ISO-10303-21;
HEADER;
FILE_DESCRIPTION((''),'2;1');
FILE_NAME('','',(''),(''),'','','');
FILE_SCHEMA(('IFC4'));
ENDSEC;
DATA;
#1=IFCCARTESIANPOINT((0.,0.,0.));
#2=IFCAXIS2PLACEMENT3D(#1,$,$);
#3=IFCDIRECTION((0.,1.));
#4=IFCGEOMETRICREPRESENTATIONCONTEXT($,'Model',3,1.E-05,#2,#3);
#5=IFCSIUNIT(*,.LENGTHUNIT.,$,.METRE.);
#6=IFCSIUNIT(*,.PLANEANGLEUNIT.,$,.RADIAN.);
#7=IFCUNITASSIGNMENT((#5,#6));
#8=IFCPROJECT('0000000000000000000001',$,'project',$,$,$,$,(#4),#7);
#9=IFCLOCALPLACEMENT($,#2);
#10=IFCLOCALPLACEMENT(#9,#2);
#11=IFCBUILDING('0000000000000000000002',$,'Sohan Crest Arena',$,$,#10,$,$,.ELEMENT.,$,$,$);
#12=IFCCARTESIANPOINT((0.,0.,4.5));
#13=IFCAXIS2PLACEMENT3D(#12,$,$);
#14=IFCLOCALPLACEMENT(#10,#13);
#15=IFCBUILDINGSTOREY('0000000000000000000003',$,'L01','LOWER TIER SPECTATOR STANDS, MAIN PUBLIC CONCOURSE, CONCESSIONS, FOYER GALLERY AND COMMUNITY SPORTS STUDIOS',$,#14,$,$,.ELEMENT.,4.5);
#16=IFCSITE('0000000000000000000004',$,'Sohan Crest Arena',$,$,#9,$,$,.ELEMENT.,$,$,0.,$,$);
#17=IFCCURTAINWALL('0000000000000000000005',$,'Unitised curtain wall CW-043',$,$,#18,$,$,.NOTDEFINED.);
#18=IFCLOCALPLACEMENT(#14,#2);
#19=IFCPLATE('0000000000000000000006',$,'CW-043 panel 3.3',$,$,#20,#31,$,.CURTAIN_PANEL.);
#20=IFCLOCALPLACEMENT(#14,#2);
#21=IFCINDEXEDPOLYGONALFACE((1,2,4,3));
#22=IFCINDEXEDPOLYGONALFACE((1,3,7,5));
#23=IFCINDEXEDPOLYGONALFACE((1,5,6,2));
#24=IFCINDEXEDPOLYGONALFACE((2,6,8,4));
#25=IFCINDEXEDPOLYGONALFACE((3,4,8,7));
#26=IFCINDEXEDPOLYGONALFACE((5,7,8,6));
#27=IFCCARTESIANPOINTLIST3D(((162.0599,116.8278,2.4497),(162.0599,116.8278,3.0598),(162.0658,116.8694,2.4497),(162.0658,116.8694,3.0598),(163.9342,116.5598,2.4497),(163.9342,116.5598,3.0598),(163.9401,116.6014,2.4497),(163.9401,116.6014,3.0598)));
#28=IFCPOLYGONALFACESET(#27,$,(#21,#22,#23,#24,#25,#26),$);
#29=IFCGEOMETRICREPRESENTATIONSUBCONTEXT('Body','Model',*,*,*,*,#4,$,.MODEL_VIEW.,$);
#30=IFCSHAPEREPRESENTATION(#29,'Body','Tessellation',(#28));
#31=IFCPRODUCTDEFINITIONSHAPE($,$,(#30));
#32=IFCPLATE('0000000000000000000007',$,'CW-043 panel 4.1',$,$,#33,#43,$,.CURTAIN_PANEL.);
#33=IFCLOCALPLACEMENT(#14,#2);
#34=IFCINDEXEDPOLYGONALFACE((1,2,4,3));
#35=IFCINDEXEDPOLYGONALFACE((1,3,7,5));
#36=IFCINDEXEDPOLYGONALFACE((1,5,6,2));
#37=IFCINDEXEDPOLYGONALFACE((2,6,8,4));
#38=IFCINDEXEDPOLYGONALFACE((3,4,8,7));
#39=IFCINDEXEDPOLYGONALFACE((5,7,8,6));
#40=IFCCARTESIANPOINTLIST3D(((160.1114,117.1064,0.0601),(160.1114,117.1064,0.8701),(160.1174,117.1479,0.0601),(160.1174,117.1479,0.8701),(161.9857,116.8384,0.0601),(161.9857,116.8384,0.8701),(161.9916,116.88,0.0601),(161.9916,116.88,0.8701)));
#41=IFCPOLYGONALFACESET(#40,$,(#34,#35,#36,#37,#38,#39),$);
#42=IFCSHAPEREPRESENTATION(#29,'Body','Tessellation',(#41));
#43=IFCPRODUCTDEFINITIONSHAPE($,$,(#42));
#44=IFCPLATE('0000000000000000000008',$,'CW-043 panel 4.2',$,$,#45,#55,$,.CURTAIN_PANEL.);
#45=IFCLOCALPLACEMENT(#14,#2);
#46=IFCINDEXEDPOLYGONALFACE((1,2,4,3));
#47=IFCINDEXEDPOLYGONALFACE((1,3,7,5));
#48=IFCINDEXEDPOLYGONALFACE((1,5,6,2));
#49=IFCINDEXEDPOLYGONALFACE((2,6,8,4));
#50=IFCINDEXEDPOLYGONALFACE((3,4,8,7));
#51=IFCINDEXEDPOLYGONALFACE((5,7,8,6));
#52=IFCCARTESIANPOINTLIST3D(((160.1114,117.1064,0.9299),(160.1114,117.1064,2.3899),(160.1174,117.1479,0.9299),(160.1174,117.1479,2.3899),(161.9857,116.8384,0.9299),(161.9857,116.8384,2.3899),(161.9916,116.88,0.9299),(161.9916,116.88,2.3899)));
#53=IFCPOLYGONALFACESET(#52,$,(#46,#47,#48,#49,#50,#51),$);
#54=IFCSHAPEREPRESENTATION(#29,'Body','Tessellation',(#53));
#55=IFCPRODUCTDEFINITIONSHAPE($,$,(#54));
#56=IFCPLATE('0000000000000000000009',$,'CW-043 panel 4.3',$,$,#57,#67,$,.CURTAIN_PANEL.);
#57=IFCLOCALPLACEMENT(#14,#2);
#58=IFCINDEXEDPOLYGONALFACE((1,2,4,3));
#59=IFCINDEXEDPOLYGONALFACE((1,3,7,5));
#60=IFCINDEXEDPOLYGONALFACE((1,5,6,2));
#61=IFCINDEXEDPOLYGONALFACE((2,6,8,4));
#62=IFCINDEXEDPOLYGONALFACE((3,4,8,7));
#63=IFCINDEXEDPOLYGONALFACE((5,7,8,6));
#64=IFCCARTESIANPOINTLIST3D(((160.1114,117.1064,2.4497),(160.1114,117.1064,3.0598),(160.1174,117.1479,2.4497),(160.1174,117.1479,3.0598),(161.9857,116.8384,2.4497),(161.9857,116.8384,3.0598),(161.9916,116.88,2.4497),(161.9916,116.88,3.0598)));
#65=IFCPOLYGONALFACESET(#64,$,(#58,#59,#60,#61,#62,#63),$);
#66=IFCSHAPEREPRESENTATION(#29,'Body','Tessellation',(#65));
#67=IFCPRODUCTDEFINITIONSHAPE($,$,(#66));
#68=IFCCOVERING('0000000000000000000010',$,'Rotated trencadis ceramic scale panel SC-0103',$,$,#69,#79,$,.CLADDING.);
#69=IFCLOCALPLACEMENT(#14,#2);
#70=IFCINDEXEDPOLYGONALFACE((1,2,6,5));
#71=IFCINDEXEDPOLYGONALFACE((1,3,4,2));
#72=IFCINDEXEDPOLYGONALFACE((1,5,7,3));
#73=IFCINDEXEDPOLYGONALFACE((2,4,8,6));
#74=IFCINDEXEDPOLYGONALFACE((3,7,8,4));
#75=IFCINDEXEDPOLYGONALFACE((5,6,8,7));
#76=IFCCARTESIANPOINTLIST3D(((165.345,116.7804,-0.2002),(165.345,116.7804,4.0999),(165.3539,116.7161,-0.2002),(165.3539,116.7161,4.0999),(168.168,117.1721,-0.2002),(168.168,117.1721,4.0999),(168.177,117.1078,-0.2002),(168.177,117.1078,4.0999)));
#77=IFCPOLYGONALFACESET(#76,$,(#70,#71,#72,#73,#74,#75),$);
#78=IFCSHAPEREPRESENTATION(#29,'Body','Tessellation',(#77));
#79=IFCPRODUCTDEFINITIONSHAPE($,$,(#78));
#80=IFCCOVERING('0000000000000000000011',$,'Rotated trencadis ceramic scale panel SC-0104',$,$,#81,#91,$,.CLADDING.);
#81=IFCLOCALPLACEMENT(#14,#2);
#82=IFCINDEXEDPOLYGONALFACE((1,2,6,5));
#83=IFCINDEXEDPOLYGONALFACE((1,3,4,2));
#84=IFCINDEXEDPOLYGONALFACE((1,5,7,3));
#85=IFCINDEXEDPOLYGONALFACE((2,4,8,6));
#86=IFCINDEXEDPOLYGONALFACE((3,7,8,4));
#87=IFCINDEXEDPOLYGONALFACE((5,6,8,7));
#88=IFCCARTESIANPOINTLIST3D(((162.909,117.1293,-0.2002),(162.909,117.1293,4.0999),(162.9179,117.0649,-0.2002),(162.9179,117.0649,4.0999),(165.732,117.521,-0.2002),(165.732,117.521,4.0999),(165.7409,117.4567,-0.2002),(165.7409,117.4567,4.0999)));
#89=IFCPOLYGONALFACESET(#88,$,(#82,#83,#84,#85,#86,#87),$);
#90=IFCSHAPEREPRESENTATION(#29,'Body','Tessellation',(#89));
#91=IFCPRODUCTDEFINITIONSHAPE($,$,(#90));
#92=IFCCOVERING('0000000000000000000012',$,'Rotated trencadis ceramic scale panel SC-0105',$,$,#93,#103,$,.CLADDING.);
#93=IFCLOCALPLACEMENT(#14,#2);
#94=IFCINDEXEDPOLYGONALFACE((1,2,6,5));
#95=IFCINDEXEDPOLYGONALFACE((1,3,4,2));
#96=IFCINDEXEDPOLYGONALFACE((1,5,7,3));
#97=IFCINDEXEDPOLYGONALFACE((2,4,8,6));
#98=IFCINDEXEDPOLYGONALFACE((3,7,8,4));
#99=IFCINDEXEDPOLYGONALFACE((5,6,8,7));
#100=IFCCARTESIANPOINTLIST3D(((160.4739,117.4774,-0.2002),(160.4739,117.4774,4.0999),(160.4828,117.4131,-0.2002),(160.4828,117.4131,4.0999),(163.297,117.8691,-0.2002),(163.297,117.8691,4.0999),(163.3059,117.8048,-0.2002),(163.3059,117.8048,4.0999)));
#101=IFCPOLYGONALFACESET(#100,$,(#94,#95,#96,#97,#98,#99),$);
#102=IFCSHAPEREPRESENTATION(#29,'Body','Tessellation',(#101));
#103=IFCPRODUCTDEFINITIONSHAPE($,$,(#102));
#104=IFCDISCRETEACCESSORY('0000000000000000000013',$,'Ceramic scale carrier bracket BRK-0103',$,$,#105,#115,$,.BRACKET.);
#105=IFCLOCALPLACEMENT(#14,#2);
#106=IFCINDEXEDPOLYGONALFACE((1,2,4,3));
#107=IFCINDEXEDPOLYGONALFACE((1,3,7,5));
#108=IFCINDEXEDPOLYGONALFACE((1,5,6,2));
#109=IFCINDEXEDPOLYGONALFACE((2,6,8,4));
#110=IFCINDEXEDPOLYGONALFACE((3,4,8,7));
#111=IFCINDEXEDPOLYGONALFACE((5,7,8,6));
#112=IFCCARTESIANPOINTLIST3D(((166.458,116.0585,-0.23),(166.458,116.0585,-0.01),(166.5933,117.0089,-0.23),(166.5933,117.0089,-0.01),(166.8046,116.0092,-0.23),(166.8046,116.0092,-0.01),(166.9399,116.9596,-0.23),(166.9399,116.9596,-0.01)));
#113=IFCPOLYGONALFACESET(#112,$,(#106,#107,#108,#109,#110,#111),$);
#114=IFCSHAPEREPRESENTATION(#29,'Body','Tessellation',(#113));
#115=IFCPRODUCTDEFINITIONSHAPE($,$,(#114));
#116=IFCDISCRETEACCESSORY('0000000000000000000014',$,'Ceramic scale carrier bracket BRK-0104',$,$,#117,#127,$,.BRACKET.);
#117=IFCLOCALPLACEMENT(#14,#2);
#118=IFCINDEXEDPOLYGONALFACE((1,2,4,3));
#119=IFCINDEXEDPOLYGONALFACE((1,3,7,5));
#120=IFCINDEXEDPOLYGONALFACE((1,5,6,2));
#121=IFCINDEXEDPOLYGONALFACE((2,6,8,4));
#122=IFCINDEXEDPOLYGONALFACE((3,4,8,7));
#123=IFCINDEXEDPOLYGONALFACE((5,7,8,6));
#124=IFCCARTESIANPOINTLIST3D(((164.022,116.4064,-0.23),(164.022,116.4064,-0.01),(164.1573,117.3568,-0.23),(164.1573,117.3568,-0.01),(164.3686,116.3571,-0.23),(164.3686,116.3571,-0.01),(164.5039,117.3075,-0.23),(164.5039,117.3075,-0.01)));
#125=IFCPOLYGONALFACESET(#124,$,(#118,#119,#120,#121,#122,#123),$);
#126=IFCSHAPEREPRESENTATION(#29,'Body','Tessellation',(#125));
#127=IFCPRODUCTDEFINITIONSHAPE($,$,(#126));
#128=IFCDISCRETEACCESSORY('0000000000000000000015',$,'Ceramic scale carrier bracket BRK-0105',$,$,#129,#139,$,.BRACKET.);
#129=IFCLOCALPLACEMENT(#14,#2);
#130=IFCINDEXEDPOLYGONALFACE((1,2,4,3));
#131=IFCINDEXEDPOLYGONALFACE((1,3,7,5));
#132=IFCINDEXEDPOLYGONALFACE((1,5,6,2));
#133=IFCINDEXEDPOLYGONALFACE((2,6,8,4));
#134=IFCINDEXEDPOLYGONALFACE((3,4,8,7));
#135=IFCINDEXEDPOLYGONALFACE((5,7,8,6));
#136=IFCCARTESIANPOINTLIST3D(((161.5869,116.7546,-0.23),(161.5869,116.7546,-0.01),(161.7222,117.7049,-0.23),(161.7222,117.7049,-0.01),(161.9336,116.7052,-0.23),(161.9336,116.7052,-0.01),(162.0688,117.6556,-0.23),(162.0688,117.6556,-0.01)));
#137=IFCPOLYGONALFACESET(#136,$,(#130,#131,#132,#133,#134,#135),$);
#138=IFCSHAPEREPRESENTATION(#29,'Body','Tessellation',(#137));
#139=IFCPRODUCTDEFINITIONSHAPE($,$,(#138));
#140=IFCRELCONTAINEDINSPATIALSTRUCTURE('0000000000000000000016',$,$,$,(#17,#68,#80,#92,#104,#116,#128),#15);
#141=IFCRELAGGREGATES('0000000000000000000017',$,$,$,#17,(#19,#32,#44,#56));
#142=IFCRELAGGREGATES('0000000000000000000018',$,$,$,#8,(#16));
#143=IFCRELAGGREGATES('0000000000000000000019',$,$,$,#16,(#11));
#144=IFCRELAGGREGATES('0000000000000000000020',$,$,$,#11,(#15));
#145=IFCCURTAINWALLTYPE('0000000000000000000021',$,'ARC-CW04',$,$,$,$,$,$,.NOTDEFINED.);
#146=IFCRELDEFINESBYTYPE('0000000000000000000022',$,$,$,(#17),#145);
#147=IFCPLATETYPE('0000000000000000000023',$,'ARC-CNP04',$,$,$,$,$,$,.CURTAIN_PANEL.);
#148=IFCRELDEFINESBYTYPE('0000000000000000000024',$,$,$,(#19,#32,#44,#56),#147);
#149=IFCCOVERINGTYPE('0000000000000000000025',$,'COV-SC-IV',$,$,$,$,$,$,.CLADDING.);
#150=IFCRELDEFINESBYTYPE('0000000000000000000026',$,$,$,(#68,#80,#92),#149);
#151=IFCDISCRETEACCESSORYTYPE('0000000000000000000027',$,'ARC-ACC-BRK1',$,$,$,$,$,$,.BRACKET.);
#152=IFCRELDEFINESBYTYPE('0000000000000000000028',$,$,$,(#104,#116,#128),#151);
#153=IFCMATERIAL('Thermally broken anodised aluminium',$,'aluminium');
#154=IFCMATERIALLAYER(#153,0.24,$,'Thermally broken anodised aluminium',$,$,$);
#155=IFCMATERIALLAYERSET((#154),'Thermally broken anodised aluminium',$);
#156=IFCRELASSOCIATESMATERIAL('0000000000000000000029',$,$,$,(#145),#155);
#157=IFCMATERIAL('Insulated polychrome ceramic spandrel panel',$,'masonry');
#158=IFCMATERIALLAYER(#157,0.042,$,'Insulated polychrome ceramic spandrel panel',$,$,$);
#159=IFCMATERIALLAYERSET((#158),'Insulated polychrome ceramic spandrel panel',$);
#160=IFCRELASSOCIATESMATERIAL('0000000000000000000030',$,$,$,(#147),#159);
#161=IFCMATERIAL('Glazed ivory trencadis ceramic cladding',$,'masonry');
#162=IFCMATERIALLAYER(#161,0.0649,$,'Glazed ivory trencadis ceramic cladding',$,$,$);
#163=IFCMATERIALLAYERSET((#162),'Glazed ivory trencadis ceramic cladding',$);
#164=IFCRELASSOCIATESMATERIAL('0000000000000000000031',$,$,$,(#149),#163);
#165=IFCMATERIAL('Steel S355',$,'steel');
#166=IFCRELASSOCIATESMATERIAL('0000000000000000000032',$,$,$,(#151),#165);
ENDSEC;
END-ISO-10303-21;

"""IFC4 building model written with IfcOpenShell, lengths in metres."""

from ifc_helpers import new_model, si_unit, direction, frame, origin, origin_2d, place, context, subcontext, project, spatial, rectangle, extrude, material, layer, layer_set, type_object, element, aggregate, save


model = new_model("IFC4")

# Units and contexts
model_context = context("Model", 3, precision=1e-05, world=origin(), true_north=direction((0.0, 1.0)))
body_context = subcontext(model_context, "Body", "Model", "MODEL_VIEW")
ifc_project = project(units=[si_unit("LENGTHUNIT", "METRE"), si_unit("PLANEANGLEUNIT", "RADIAN")], contexts=[model_context])

# Site, building, storey
site_placement = place(None, origin())
site = spatial("IfcSite", under=ifc_project, at=site_placement, Name="Sohan Crest Arena", CompositionType="ELEMENT", RefElevation=0.0)
building_placement = place(site_placement, origin())
building = spatial("IfcBuilding", under=site, at=building_placement, Name="Sohan Crest Arena", CompositionType="ELEMENT")
storey_placement = place(building_placement, frame((0.0, 0.0, 4.5)))
storey = spatial("IfcBuildingStorey", under=building, at=storey_placement, Name="L01", Description="LOWER TIER SPECTATOR STANDS, MAIN PUBLIC CONCOURSE, CONCESSIONS, FOYER GALLERY AND COMMUNITY SPORTS STUDIOS", CompositionType="ELEMENT", Elevation=4.5)

# Curtain wall, plates
ifc_material_1 = material(Name="Thermally broken anodised aluminium", Category="aluminium")
ifc_layer_1 = layer(ifc_material_1, 0.24, Name="Thermally broken anodised aluminium")
ifc_layer_set_1 = layer_set([ifc_layer_1], Name="Thermally broken anodised aluminium")
curtain_wall_type = type_object("IfcCurtainWallType", Name="ARC-CW04", PredefinedType="NOTDEFINED", material=ifc_layer_set_1)
curtain_wall_placement = place(storey_placement, origin())
curtain_wall = element("IfcCurtainWall", 1, at=curtain_wall_placement, inside=storey, type_object=curtain_wall_type, Name="Unitised curtain wall CW-043", PredefinedType="NOTDEFINED")
ifc_material_2 = material(Name="Insulated polychrome ceramic spandrel panel", Category="masonry")
ifc_layer_2 = layer(ifc_material_2, 0.042, Name="Insulated polychrome ceramic spandrel panel")
ifc_layer_set_2 = layer_set([ifc_layer_2], Name="Insulated polychrome ceramic spandrel panel")
plate_type = type_object("IfcPlateType", Name="ARC-CNP04", PredefinedType="CURTAIN_PANEL", material=ifc_layer_set_2)
plate_1_placement = place(storey_placement, frame((163.0, 116.7146, 2.4497), z_axis=(0.0, 0.0, 1.0), x_axis=(-0.989931, 0.141549, 0.0)))
plate_1 = element("IfcPlate", 2, at=plate_1_placement, type_object=plate_type, Name="CW-043 panel 3.3", PredefinedType="CURTAIN_PANEL", context=body_context, shape_type="SweptSolid", body=[
    extrude(rectangle(XDim=1.8933, YDim=0.042, at=origin_2d()), origin(), (0.0, 0.0, 1.0), 0.6101),
])
plate_2_placement = place(storey_placement, frame((161.0515, 116.9932, 0.0601), z_axis=(0.0, 0.0, 1.0), x_axis=(-0.989931, 0.141549, 0.0)))
plate_2 = element("IfcPlate", 3, at=plate_2_placement, type_object=plate_type, Name="CW-043 panel 4.1", PredefinedType="CURTAIN_PANEL", context=body_context, shape_type="SweptSolid", body=[
    extrude(rectangle(XDim=1.8933, YDim=0.042, at=origin_2d()), origin(), (0.0, 0.0, 1.0), 0.8101),
])
plate_3_placement = place(storey_placement, frame((161.0515, 116.9932, 0.9299), z_axis=(0.0, 0.0, 1.0), x_axis=(-0.989931, 0.141549, 0.0)))
plate_3 = element("IfcPlate", 4, at=plate_3_placement, type_object=plate_type, Name="CW-043 panel 4.2", PredefinedType="CURTAIN_PANEL", context=body_context, shape_type="SweptSolid", body=[
    extrude(rectangle(XDim=1.8933, YDim=0.042, at=origin_2d()), origin(), (0.0, 0.0, 1.0), 1.46),
])
plate_4_placement = place(storey_placement, frame((161.0515, 116.9932, 2.4497), z_axis=(0.0, 0.0, 1.0), x_axis=(-0.989931, 0.141549, 0.0)))
plate_4 = element("IfcPlate", 5, at=plate_4_placement, type_object=plate_type, Name="CW-043 panel 4.3", PredefinedType="CURTAIN_PANEL", context=body_context, shape_type="SweptSolid", body=[
    extrude(rectangle(XDim=1.8933, YDim=0.042, at=origin_2d()), origin(), (0.0, 0.0, 1.0), 0.6101),
])
aggregate(curtain_wall, [plate_1, plate_2, plate_3, plate_4])

# Coverings
ifc_material_3 = material(Name="Glazed ivory trencadis ceramic cladding", Category="masonry")
ifc_layer_3 = layer(ifc_material_3, 0.0649, Name="Glazed ivory trencadis ceramic cladding")
ifc_layer_set_3 = layer_set([ifc_layer_3], Name="Glazed ivory trencadis ceramic cladding")
covering_type = type_object("IfcCoveringType", Name="COV-SC-IV", PredefinedType="CLADDING", material=ifc_layer_set_3)
for number, where, z_axis, x_axis, name in (
    (6, (166.761, 116.9441, -0.2002), (0.0, 0.0, 1.0), (-0.990509, -0.137445, 0.0), "Rotated trencadis ceramic scale panel SC-0103"),
    (7, (164.325, 117.293, -0.2002), (0.0, 0.0, 1.0), (-0.990509, -0.137445, 0.0), "Rotated trencadis ceramic scale panel SC-0104"),
    (8, (161.8899, 117.6411, -0.2002), (0.0, 0.0, 1.0), (-0.990509, -0.137445, 0.0), "Rotated trencadis ceramic scale panel SC-0105"),
):
    element("IfcCovering", number, at=place(storey_placement, frame(where, z_axis=z_axis, x_axis=x_axis)), inside=storey, type_object=covering_type, Name=name, PredefinedType="CLADDING", context=body_context, shape_type="SweptSolid", body=[
        extrude(rectangle(XDim=2.8501, YDim=0.0649, at=origin_2d()), origin(), (0.0, 0.0, 1.0), 4.3),
    ])

# Discrete accessories
ifc_material_4 = material(Name="Steel S355", Category="steel")
discrete_accessory_type = type_object("IfcDiscreteAccessoryType", Name="ARC-ACC-BRK1", PredefinedType="BRACKET", material=ifc_material_4)
for number, where, z_axis, x_axis, name in (
    (9, (166.699, 116.509, -0.23), (0.0, 0.0, 1.0), (-0.990024, 0.140901, 0.0), "Ceramic scale carrier bracket BRK-0103"),
    (10, (164.2629, 116.8569, -0.23), (0.0, 0.0, 1.0), (-0.990024, 0.140901, 0.0), "Ceramic scale carrier bracket BRK-0104"),
    (11, (161.8279, 117.2051, -0.23), (0.0, 0.0, 1.0), (-0.990024, 0.140901, 0.0), "Ceramic scale carrier bracket BRK-0105"),
):
    element("IfcDiscreteAccessory", number, at=place(storey_placement, frame(where, z_axis=z_axis, x_axis=x_axis)), inside=storey, type_object=discrete_accessory_type, Name=name, PredefinedType="BRACKET", context=body_context, shape_type="SweptSolid", body=[
        extrude(rectangle(XDim=0.3501, YDim=0.96, at=origin_2d()), origin(), (0.0, 0.0, 1.0), 0.22),
    ])

save(model, "model.ifc")
